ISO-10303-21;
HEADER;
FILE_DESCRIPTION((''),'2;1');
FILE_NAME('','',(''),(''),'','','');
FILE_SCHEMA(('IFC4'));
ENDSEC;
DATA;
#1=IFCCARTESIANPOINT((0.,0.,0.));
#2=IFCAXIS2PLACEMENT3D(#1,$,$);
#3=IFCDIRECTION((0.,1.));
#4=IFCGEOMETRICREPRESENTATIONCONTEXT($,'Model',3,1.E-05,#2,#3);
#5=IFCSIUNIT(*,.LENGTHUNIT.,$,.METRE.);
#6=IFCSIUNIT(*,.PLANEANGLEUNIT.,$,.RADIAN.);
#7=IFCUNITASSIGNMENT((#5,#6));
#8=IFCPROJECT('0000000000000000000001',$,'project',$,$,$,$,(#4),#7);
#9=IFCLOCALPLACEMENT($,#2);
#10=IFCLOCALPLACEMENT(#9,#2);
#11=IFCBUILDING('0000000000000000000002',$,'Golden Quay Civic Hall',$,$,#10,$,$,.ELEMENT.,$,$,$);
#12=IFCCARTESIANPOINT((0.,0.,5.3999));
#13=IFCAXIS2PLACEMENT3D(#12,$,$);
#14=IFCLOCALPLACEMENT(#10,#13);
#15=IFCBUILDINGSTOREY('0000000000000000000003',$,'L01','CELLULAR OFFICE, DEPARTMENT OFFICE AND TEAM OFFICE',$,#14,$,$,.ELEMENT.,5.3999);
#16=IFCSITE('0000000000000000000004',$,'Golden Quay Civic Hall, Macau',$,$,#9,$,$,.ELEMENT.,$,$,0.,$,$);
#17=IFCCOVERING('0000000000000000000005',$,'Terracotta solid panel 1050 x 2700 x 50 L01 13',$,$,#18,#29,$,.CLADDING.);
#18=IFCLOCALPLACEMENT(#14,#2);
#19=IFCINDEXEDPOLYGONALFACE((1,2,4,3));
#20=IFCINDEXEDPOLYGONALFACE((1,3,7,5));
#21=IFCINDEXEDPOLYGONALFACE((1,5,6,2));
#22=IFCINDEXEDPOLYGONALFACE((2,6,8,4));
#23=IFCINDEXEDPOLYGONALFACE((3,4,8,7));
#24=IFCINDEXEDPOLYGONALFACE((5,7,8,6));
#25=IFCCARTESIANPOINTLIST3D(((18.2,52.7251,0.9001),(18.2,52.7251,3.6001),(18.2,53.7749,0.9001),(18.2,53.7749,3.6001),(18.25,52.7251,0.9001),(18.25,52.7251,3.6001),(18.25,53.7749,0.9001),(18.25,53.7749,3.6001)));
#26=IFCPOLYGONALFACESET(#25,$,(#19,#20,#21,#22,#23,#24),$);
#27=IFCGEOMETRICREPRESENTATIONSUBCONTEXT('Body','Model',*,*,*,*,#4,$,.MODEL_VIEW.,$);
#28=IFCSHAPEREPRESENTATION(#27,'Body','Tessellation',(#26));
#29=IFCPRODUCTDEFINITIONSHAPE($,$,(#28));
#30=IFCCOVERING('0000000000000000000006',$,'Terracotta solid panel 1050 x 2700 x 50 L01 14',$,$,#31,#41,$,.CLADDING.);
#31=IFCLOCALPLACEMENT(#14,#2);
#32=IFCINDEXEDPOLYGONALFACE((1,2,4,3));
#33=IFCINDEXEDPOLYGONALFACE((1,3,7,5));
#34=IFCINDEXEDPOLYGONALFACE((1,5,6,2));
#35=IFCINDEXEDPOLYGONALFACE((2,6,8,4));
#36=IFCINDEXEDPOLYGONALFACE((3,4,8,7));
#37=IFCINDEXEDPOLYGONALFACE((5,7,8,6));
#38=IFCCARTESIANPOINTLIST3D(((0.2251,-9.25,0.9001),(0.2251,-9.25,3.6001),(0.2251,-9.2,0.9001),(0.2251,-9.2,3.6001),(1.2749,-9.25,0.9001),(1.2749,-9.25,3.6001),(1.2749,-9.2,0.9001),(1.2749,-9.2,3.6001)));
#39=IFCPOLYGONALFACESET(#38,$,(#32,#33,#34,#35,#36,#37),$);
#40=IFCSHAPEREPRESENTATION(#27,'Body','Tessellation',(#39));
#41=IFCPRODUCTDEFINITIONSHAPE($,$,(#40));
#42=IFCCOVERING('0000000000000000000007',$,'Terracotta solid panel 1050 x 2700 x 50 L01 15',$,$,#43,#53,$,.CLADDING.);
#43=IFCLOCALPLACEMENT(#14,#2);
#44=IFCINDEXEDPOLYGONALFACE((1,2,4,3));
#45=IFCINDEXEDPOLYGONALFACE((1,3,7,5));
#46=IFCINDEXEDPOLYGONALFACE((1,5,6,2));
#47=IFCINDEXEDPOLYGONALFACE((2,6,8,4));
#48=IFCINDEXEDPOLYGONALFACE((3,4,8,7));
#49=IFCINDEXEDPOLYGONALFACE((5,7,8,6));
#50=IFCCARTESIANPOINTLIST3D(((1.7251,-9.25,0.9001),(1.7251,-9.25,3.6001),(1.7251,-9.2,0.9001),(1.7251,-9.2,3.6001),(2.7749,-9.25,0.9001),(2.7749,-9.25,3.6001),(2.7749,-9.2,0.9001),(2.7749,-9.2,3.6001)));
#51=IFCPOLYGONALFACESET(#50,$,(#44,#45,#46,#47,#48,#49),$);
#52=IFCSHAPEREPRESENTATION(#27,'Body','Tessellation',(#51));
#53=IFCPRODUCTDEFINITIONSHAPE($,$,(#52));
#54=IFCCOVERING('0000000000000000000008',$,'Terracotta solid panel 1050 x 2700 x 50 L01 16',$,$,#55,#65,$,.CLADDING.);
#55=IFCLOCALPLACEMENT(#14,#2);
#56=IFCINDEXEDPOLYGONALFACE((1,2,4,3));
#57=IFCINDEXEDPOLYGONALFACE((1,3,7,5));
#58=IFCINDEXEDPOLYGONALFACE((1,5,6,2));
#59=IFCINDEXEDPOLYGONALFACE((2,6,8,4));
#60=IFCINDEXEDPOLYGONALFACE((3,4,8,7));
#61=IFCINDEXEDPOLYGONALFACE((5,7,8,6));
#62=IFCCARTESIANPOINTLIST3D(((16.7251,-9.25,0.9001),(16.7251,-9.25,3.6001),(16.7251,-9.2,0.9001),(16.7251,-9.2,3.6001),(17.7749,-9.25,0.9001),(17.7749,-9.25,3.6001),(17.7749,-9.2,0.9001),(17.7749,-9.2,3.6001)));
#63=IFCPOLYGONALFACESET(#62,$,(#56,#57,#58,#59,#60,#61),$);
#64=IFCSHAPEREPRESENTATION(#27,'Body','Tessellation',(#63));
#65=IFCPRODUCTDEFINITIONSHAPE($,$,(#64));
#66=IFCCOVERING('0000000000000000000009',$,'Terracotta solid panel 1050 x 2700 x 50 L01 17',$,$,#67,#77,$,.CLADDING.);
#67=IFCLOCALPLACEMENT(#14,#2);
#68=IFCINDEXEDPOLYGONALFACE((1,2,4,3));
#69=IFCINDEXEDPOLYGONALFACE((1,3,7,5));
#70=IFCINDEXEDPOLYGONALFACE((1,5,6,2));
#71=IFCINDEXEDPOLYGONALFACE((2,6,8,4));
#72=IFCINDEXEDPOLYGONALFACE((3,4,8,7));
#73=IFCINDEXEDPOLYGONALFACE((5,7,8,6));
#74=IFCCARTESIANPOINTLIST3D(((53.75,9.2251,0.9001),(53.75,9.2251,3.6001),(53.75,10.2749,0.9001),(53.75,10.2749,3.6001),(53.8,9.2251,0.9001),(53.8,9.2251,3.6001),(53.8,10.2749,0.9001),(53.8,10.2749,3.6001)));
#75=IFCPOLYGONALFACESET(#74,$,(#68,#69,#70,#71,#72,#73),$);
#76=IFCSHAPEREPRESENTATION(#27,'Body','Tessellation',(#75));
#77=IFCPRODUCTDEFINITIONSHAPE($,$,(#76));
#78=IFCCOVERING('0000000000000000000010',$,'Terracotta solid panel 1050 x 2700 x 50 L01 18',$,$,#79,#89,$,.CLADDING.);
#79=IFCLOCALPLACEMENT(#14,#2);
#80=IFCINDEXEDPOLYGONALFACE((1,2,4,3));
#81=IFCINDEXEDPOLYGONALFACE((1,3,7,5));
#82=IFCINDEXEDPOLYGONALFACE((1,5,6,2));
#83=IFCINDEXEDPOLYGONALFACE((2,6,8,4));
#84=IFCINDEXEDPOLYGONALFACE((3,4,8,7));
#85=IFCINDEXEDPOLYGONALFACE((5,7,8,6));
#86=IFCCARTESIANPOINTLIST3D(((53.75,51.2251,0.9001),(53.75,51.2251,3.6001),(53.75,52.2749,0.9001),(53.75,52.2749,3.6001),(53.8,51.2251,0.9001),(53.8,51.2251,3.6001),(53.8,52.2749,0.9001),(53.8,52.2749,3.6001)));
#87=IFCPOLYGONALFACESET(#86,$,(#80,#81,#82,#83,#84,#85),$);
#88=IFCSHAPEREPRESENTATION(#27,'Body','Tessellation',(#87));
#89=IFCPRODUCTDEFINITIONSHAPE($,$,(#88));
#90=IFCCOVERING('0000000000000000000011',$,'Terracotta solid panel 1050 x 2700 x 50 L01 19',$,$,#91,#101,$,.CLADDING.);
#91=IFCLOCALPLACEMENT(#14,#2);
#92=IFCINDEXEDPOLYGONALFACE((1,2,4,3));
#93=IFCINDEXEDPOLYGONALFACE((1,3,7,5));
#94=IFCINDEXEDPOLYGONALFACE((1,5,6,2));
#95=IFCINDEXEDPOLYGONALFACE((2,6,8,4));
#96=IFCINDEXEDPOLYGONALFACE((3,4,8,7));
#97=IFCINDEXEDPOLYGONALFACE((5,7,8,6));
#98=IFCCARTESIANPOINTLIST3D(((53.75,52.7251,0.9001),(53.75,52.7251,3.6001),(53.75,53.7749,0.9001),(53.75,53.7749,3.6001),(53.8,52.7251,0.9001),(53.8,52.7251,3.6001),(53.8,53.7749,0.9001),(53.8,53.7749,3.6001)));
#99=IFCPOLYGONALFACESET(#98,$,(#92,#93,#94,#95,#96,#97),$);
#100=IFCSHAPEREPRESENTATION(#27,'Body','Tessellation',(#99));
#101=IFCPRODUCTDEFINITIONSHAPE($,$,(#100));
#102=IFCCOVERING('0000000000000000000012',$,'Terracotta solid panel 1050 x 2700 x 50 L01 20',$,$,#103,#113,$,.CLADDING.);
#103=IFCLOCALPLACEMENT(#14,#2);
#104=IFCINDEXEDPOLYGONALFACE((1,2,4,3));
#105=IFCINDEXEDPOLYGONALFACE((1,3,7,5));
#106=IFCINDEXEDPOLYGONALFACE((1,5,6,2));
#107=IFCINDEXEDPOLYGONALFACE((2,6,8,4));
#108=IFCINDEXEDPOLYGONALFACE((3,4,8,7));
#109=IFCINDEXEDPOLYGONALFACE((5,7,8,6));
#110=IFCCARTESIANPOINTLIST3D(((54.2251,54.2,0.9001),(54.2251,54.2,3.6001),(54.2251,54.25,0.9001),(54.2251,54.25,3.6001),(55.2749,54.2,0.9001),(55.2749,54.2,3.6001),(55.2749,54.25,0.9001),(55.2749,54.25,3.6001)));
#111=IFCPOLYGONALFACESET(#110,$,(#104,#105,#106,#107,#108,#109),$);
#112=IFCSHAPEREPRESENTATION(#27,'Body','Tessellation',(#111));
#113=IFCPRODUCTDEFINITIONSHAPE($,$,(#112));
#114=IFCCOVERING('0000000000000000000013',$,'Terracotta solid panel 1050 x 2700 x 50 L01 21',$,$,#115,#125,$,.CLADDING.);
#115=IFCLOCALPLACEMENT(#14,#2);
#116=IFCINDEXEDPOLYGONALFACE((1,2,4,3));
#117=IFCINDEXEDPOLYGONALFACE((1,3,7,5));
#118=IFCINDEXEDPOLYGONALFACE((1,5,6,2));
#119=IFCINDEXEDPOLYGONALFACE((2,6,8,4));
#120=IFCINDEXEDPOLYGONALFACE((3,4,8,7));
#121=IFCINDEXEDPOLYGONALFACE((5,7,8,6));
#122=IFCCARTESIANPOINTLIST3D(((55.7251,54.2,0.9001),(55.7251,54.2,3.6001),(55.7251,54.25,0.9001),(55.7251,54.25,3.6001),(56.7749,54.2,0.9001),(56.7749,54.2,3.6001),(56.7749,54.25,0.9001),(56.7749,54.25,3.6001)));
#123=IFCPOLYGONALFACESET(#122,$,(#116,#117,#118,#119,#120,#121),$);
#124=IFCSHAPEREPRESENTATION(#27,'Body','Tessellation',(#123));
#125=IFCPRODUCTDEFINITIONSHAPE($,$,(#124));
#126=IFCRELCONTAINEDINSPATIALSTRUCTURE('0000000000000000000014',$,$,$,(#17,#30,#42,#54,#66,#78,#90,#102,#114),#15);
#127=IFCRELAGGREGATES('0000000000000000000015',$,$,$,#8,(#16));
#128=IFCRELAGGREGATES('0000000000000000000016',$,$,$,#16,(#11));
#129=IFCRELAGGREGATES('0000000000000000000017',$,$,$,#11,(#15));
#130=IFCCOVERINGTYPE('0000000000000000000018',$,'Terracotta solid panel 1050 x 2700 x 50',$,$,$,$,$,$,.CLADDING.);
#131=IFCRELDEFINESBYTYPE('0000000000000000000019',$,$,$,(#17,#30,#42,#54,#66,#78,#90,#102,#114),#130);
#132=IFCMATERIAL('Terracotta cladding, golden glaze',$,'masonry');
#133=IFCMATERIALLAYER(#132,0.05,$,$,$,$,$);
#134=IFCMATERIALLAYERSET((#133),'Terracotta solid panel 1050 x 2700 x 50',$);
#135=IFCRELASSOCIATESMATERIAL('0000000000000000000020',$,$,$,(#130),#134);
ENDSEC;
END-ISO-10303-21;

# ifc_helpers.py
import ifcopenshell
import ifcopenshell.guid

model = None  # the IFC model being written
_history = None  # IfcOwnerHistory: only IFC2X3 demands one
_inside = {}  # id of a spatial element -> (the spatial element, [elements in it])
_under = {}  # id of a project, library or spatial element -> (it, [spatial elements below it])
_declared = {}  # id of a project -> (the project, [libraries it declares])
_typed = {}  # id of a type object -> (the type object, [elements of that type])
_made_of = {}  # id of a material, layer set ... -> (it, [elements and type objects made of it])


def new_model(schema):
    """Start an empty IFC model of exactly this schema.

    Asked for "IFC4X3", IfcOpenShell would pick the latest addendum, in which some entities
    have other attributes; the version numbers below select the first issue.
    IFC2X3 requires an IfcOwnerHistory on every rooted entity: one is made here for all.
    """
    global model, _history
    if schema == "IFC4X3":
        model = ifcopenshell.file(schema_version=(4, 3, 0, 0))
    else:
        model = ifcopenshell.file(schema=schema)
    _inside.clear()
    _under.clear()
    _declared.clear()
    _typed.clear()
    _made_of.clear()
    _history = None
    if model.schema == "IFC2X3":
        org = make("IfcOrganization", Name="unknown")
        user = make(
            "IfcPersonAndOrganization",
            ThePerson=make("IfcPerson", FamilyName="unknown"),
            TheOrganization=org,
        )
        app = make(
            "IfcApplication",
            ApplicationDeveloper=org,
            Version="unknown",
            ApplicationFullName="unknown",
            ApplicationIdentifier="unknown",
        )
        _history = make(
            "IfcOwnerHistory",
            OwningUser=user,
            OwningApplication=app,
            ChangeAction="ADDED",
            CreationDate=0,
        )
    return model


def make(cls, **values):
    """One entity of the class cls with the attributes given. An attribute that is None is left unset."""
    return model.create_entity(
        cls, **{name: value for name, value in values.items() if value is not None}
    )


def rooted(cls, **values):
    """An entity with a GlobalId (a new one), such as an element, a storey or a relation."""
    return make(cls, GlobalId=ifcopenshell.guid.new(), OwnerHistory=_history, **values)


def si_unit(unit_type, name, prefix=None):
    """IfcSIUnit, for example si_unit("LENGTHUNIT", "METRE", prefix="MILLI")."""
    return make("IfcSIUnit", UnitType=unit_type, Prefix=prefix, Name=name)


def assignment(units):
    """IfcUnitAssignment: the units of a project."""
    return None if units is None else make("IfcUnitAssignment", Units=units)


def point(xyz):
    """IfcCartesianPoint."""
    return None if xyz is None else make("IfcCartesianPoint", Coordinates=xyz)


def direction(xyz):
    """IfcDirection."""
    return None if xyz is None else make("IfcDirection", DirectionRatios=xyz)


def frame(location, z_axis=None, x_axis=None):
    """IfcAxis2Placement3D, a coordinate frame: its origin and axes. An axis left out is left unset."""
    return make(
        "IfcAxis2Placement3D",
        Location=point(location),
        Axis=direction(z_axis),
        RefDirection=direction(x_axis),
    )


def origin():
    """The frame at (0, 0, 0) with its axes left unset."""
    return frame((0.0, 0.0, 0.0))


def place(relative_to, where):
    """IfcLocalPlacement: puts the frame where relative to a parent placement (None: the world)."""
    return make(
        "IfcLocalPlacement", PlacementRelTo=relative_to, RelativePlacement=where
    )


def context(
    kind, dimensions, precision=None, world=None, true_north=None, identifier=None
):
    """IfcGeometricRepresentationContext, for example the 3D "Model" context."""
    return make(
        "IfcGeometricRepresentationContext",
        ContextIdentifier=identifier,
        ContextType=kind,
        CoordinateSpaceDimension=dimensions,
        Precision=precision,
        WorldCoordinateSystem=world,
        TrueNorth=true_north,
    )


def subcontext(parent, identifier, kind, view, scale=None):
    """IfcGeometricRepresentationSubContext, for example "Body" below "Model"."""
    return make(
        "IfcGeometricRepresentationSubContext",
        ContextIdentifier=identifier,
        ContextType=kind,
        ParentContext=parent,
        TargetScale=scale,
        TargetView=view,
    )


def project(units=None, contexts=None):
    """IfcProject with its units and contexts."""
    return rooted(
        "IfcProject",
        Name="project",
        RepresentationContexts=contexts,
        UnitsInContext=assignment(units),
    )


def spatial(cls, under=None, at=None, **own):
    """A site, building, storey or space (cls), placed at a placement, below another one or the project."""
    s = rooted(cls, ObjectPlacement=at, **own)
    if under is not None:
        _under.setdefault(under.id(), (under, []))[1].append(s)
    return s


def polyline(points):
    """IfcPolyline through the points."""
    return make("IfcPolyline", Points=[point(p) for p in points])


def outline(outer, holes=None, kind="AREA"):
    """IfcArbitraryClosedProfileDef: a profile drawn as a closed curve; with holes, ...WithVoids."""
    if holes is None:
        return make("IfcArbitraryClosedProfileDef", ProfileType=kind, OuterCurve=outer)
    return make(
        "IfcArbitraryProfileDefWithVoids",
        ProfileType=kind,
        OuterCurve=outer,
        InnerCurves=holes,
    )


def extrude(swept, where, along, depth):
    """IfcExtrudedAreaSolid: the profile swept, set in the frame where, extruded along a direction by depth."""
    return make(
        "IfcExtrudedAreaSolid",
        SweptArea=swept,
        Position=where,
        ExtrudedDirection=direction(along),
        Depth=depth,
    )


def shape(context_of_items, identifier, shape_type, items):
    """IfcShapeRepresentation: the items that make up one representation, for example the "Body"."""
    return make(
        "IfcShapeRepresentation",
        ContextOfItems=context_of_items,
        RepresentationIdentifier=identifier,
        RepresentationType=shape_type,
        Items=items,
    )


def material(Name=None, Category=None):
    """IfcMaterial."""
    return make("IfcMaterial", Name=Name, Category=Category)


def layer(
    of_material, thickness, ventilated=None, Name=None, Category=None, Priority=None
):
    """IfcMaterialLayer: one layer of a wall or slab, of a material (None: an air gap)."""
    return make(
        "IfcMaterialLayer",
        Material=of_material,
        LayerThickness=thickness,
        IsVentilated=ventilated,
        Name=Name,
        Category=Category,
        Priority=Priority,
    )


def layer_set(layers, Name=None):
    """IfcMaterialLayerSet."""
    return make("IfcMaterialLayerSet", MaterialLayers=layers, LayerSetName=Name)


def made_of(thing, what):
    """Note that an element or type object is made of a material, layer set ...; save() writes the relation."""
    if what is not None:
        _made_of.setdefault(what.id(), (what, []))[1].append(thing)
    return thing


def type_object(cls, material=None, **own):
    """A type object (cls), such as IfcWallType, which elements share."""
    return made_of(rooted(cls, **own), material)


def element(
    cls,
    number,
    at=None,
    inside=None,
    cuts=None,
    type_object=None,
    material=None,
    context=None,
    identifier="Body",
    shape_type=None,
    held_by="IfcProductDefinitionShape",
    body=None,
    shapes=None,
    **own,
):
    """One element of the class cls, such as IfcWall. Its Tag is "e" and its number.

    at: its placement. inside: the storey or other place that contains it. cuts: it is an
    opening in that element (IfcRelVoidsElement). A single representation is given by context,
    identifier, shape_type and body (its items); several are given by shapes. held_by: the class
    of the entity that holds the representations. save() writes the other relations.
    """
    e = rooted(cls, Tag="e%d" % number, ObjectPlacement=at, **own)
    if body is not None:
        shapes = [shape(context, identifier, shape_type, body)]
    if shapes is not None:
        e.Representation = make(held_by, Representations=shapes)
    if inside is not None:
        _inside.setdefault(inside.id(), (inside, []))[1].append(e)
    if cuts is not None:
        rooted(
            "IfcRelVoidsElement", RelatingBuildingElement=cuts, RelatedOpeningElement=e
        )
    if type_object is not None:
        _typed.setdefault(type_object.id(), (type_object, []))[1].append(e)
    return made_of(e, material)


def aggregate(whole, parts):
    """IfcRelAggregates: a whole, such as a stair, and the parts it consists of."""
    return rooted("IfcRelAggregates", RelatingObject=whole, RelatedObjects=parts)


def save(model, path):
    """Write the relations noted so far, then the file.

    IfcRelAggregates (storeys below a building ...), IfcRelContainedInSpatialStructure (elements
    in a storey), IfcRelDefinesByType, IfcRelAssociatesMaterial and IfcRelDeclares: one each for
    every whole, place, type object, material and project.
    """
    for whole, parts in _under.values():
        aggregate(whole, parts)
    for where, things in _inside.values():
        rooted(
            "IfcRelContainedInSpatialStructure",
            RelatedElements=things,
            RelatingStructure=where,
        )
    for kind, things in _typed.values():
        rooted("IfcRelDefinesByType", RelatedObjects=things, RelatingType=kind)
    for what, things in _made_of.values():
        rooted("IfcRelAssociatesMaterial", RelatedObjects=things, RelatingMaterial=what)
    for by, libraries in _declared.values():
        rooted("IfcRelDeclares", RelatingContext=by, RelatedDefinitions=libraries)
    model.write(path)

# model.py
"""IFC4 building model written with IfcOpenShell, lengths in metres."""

from ifc_helpers import new_model, si_unit, direction, frame, origin, place, context, subcontext, project, spatial, polyline, outline, extrude, material, layer, layer_set, type_object, element, save


model = new_model("IFC4")

# Units and contexts
model_context = context("Model", 3, precision=1e-05, world=origin(), true_north=direction((0.0, 1.0)))
body_context = subcontext(model_context, "Body", "Model", "MODEL_VIEW")
ifc_project = project(units=[si_unit("LENGTHUNIT", "METRE"), si_unit("PLANEANGLEUNIT", "RADIAN")], contexts=[model_context])

# Site, building, storey
site_placement = place(None, origin())
site = spatial("IfcSite", under=ifc_project, at=site_placement, Name="Golden Quay Civic Hall, Macau", CompositionType="ELEMENT", RefElevation=0.0)
building_placement = place(site_placement, origin())
building = spatial("IfcBuilding", under=site, at=building_placement, Name="Golden Quay Civic Hall", CompositionType="ELEMENT")
storey_placement = place(building_placement, frame((0.0, 0.0, 5.3999)))
storey = spatial("IfcBuildingStorey", under=building, at=storey_placement, Name="L01", Description="CELLULAR OFFICE, DEPARTMENT OFFICE AND TEAM OFFICE", CompositionType="ELEMENT", Elevation=5.3999)

# Coverings
ifc_material_1 = material(Name="Terracotta cladding, golden glaze", Category="masonry")
ifc_layer_1 = layer(ifc_material_1, 0.05)
ifc_layer_set_1 = layer_set([ifc_layer_1], Name="Terracotta solid panel 1050 x 2700 x 50")
covering_type = type_object("IfcCoveringType", Name="Terracotta solid panel 1050 x 2700 x 50", PredefinedType="CLADDING", material=ifc_layer_set_1)
covering_1_placement = place(storey_placement, frame((0.0, 0.0, 0.9001)))
element("IfcCovering", 1, at=covering_1_placement, inside=storey, type_object=covering_type, Name="Terracotta solid panel 1050 x 2700 x 50 L01 13", PredefinedType="CLADDING", context=body_context, shape_type="SweptSolid", body=[
    extrude(outline(polyline([(18.2, 52.7251), (18.2, 53.7749), (18.25, 53.7749), (18.25, 52.7251), (18.2, 52.7251)])), origin(), (0.0, 0.0, 1.0), 2.7),
])
covering_2_placement = place(storey_placement, frame((0.0, 0.0, 0.9001)))
element("IfcCovering", 2, at=covering_2_placement, inside=storey, type_object=covering_type, Name="Terracotta solid panel 1050 x 2700 x 50 L01 14", PredefinedType="CLADDING", context=body_context, shape_type="SweptSolid", body=[
    extrude(outline(polyline([(0.2251, -9.2), (1.2749, -9.2), (1.2749, -9.25), (0.2251, -9.25), (0.2251, -9.2)])), origin(), (0.0, 0.0, 1.0), 2.7),
])
covering_3_placement = place(storey_placement, frame((0.0, 0.0, 0.9001)))
element("IfcCovering", 3, at=covering_3_placement, inside=storey, type_object=covering_type, Name="Terracotta solid panel 1050 x 2700 x 50 L01 15", PredefinedType="CLADDING", context=body_context, shape_type="SweptSolid", body=[
    extrude(outline(polyline([(1.7251, -9.2), (2.7749, -9.2), (2.7749, -9.25), (1.7251, -9.25), (1.7251, -9.2)])), origin(), (0.0, 0.0, 1.0), 2.7),
])
covering_4_placement = place(storey_placement, frame((0.0, 0.0, 0.9001)))
element("IfcCovering", 4, at=covering_4_placement, inside=storey, type_object=covering_type, Name="Terracotta solid panel 1050 x 2700 x 50 L01 16", PredefinedType="CLADDING", context=body_context, shape_type="SweptSolid", body=[
    extrude(outline(polyline([(16.7251, -9.2), (17.7749, -9.2), (17.7749, -9.25), (16.7251, -9.25), (16.7251, -9.2)])), origin(), (0.0, 0.0, 1.0), 2.7),
])
covering_5_placement = place(storey_placement, frame((0.0, 0.0, 0.9001)))
element("IfcCovering", 5, at=covering_5_placement, inside=storey, type_object=covering_type, Name="Terracotta solid panel 1050 x 2700 x 50 L01 17", PredefinedType="CLADDING", context=body_context, shape_type="SweptSolid", body=[
    extrude(outline(polyline([(53.8, 9.2251), (53.8, 10.2749), (53.75, 10.2749), (53.75, 9.2251), (53.8, 9.2251)])), origin(), (0.0, 0.0, 1.0), 2.7),
])
covering_6_placement = place(storey_placement, frame((0.0, 0.0, 0.9001)))
element("IfcCovering", 6, at=covering_6_placement, inside=storey, type_object=covering_type, Name="Terracotta solid panel 1050 x 2700 x 50 L01 18", PredefinedType="CLADDING", context=body_context, shape_type="SweptSolid", body=[
    extrude(outline(polyline([(53.8, 51.2251), (53.8, 52.2749), (53.75, 52.2749), (53.75, 51.2251), (53.8, 51.2251)])), origin(), (0.0, 0.0, 1.0), 2.7),
])
covering_7_placement = place(storey_placement, frame((0.0, 0.0, 0.9001)))
element("IfcCovering", 7, at=covering_7_placement, inside=storey, type_object=covering_type, Name="Terracotta solid panel 1050 x 2700 x 50 L01 19", PredefinedType="CLADDING", context=body_context, shape_type="SweptSolid", body=[
    extrude(outline(polyline([(53.8, 52.7251), (53.8, 53.7749), (53.75, 53.7749), (53.75, 52.7251), (53.8, 52.7251)])), origin(), (0.0, 0.0, 1.0), 2.7),
])
covering_8_placement = place(storey_placement, frame((0.0, 0.0, 0.9001)))
element("IfcCovering", 8, at=covering_8_placement, inside=storey, type_object=covering_type, Name="Terracotta solid panel 1050 x 2700 x 50 L01 20", PredefinedType="CLADDING", context=body_context, shape_type="SweptSolid", body=[
    extrude(outline(polyline([(54.2251, 54.2), (55.2749, 54.2), (55.2749, 54.25), (54.2251, 54.25), (54.2251, 54.2)])), origin(), (0.0, 0.0, 1.0), 2.7),
])
covering_9_placement = place(storey_placement, frame((0.0, 0.0, 0.9001)))
element("IfcCovering", 9, at=covering_9_placement, inside=storey, type_object=covering_type, Name="Terracotta solid panel 1050 x 2700 x 50 L01 21", PredefinedType="CLADDING", context=body_context, shape_type="SweptSolid", body=[
    extrude(outline(polyline([(55.7251, 54.2), (56.7749, 54.2), (56.7749, 54.25), (55.7251, 54.25), (55.7251, 54.2)])), origin(), (0.0, 0.0, 1.0), 2.7),
])

save(model, "model.ifc")
